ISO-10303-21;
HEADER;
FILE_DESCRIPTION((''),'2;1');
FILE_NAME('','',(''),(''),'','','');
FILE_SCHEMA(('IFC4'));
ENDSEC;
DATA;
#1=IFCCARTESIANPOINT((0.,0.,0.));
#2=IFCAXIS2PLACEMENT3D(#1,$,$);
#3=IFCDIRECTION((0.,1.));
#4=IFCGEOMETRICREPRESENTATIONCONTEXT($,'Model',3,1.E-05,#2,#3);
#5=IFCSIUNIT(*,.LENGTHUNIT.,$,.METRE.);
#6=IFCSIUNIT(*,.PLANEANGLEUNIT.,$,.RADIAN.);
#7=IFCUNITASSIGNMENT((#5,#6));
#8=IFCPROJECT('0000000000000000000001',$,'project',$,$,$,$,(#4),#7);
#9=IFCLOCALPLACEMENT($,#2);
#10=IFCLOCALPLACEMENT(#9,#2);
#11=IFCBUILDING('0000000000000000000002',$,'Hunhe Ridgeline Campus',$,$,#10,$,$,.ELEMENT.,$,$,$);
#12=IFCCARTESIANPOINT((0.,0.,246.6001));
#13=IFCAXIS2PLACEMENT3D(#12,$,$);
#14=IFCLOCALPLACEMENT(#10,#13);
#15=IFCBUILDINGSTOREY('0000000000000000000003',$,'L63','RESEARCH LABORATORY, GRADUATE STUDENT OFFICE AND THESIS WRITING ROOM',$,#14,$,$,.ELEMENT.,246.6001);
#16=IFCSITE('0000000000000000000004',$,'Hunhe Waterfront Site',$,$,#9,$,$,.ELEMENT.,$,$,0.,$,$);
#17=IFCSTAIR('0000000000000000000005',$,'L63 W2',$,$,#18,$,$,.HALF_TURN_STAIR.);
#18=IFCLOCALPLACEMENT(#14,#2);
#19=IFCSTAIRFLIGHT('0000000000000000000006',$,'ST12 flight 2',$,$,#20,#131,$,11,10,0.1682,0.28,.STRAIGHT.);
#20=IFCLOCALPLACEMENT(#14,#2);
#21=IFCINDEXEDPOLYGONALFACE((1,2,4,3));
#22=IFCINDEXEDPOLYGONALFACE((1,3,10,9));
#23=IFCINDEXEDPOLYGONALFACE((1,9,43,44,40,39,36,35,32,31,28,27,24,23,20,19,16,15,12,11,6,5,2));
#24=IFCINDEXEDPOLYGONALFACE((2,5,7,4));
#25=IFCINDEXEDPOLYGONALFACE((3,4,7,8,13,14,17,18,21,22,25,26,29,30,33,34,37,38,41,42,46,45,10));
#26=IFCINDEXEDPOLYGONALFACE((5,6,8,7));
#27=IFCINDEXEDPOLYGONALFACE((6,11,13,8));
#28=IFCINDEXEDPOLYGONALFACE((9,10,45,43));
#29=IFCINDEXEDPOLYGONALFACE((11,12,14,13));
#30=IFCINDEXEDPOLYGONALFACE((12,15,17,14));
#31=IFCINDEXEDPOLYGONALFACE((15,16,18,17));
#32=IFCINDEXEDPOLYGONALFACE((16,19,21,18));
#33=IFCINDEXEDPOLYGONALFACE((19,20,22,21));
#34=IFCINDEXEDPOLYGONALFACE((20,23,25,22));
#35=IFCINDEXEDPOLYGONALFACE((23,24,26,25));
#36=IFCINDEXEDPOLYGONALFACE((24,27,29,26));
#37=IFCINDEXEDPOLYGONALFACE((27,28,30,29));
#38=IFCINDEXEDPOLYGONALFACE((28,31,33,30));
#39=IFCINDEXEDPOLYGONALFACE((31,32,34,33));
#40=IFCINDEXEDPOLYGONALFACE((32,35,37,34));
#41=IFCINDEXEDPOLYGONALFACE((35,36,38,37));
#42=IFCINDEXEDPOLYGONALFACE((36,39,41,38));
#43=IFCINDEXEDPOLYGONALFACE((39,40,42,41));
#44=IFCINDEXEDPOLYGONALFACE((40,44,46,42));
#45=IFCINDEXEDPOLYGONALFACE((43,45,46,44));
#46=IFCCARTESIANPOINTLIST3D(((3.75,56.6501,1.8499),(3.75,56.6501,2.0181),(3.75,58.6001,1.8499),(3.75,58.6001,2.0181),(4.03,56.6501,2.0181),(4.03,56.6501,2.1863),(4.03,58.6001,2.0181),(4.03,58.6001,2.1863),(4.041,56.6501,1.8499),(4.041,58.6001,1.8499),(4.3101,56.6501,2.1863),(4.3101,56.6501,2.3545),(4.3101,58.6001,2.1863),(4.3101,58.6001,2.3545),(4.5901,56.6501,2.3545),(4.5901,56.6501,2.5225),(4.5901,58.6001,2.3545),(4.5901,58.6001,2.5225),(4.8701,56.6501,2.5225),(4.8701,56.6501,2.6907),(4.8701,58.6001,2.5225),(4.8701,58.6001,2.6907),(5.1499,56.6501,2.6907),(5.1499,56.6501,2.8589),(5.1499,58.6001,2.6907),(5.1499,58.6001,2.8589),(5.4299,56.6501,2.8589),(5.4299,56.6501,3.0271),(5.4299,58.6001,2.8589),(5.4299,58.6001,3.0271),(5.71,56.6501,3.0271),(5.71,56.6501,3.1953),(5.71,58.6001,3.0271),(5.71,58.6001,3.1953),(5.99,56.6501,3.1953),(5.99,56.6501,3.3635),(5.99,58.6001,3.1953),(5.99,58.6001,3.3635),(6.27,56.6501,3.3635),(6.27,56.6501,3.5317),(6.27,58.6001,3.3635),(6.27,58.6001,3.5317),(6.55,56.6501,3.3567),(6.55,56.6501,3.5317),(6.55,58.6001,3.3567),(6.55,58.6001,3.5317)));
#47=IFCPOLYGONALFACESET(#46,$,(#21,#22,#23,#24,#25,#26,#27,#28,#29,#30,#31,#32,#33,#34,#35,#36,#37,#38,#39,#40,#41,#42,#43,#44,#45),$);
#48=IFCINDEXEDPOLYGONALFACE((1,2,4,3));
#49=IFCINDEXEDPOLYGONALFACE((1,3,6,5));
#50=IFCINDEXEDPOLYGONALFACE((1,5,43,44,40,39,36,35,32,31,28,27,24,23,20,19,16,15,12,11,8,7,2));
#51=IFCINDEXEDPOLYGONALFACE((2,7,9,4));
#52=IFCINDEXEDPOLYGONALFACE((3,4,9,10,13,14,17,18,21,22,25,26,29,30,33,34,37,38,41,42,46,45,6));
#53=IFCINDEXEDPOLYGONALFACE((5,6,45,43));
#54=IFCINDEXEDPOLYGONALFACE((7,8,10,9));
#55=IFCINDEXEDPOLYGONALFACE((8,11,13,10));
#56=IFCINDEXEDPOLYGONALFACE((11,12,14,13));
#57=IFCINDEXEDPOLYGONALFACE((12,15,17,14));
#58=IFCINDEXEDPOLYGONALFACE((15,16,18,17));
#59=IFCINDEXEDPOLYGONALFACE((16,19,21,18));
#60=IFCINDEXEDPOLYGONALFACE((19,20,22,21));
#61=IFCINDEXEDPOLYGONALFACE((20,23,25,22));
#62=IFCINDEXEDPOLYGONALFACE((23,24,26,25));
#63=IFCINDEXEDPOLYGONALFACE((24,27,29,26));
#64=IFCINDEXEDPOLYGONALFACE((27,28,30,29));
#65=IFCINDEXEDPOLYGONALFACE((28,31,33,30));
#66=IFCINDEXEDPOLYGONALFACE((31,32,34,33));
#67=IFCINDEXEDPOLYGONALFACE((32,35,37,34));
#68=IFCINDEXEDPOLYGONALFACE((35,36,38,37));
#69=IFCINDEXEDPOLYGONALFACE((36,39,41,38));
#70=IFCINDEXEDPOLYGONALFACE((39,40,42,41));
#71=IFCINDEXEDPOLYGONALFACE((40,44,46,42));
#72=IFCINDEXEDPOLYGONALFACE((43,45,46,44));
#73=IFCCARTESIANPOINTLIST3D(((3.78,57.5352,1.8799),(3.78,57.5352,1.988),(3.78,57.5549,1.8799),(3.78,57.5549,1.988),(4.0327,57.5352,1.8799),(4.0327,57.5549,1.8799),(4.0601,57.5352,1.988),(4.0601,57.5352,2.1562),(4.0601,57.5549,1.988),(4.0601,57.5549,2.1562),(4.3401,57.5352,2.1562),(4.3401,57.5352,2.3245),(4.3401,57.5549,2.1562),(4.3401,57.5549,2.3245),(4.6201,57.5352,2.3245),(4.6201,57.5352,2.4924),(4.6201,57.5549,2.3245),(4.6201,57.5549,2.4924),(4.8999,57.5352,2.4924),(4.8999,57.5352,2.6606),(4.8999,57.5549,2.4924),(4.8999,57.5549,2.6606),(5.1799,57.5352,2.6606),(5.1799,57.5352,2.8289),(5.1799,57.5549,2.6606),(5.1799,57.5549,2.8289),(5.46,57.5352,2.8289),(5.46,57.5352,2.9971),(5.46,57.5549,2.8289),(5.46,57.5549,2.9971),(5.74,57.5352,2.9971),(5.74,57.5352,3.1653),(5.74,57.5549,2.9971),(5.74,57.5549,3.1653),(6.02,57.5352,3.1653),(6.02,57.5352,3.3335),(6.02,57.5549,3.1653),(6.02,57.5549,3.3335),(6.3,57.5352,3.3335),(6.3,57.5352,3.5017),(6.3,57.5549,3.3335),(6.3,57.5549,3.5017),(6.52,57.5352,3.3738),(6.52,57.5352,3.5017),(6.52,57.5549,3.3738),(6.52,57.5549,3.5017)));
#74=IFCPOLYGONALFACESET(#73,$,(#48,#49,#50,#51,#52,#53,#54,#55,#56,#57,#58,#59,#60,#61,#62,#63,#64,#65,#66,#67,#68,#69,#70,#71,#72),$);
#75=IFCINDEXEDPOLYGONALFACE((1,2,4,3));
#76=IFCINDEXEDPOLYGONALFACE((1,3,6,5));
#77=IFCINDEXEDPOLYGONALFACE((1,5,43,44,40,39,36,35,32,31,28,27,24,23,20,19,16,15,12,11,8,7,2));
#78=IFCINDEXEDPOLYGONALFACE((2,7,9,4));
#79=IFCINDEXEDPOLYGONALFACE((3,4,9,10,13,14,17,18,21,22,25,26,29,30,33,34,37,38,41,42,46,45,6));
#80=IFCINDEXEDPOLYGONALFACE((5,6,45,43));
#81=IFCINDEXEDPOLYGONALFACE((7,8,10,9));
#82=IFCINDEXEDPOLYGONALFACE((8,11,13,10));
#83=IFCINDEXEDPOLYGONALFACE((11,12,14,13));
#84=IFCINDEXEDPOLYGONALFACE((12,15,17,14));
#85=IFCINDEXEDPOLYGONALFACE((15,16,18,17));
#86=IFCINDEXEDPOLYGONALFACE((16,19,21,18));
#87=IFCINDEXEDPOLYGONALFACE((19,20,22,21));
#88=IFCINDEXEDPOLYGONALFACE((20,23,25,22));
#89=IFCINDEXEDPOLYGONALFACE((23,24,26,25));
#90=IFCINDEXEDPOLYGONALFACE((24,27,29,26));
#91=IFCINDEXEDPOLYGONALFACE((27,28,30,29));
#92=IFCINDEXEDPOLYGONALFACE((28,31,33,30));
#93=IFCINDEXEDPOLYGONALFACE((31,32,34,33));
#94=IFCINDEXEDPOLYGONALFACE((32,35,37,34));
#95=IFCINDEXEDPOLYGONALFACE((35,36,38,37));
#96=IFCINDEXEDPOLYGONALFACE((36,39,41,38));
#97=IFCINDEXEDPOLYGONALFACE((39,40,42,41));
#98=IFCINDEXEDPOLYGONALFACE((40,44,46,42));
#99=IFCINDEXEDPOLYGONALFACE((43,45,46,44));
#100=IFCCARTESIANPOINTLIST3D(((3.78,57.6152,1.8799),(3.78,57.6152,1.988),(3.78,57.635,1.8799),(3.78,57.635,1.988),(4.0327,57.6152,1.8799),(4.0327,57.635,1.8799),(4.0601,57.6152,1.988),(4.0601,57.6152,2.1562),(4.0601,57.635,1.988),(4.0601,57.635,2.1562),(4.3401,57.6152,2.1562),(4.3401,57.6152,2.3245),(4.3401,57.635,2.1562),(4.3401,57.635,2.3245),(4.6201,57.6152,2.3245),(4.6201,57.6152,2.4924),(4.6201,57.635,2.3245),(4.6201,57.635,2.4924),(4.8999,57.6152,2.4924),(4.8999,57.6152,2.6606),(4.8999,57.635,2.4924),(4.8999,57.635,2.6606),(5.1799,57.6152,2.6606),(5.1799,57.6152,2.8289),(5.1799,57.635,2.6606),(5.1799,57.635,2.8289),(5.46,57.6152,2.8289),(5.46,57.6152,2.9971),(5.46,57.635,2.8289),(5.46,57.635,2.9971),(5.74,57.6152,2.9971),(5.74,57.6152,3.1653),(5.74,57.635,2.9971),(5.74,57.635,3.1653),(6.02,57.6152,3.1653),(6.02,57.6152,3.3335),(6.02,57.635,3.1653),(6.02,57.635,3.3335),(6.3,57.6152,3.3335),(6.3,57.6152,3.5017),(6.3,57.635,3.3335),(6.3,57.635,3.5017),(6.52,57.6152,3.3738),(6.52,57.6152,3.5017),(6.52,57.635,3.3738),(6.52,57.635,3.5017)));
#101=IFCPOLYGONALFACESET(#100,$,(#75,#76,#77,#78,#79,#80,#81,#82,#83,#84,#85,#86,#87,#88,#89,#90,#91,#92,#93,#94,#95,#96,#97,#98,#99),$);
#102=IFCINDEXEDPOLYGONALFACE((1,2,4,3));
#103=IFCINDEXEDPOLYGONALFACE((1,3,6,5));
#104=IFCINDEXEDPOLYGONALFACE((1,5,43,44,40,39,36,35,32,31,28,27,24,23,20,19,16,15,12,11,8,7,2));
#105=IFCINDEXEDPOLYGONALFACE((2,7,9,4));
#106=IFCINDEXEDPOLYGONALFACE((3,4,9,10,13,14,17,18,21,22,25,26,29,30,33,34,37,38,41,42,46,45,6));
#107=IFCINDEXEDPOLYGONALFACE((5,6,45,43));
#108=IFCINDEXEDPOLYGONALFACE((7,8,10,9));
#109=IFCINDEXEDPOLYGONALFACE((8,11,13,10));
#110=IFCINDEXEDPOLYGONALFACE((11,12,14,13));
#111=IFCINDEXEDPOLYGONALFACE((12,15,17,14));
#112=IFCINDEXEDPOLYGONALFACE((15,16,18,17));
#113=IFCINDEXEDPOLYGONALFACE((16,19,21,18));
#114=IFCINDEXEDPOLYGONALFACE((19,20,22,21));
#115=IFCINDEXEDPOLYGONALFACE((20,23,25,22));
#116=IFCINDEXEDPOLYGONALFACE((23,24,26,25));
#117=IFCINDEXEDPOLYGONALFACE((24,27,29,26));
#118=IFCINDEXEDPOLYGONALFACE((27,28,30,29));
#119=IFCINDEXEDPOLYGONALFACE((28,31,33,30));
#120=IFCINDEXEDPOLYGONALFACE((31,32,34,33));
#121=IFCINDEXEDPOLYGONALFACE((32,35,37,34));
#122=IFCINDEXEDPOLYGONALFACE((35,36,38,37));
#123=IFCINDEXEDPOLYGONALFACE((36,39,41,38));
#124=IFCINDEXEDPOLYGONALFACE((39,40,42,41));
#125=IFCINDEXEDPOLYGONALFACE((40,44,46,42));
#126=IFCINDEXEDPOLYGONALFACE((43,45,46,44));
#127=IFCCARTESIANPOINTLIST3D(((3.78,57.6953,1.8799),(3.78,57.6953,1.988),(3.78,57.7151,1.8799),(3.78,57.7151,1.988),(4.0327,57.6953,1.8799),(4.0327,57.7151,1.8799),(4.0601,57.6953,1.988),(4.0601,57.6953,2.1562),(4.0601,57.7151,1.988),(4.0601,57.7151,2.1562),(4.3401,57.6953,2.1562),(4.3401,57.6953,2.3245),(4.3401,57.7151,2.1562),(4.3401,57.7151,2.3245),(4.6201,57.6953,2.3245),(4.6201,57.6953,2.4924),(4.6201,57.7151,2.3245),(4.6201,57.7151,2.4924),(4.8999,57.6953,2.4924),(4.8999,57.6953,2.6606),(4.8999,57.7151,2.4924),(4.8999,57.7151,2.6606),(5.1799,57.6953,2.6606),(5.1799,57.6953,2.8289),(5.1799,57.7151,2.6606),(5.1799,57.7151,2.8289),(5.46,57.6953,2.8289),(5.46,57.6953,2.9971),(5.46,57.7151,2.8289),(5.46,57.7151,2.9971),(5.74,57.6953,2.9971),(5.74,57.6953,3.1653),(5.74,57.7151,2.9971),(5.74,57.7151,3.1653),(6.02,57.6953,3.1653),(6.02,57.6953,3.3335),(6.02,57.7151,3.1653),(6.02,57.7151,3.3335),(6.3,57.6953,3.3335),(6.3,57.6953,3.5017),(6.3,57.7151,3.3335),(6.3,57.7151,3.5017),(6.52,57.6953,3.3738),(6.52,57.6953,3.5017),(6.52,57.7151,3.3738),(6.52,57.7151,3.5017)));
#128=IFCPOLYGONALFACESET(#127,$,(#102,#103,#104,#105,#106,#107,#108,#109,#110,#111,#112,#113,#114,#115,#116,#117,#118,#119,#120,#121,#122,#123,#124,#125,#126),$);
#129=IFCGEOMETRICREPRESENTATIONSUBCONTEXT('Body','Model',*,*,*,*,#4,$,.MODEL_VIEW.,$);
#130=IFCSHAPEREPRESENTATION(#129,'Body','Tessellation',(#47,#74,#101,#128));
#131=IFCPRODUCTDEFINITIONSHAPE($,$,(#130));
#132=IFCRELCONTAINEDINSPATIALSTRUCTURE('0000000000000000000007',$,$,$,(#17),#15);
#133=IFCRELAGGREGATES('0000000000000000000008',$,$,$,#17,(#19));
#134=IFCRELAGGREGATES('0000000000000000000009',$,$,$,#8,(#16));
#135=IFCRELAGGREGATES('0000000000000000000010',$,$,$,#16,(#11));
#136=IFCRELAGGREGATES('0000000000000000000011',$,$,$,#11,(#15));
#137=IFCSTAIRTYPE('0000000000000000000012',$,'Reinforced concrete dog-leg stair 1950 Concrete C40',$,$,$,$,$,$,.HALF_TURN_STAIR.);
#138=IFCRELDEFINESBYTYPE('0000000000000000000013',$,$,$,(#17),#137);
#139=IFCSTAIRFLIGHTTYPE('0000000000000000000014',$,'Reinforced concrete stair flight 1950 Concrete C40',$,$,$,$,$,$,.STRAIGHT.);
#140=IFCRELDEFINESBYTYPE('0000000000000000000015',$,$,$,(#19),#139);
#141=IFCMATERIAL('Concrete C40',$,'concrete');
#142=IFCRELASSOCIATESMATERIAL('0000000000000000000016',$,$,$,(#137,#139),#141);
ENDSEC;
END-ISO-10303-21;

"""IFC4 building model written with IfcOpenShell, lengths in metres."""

from ifc_helpers import new_model, si_unit, direction, frame, origin, place, context, subcontext, project, spatial, polyline, outline, extrude, material, type_object, element, aggregate, save


model = new_model("IFC4")

# Units and contexts
model_context = context("Model", 3, precision=1e-05, world=origin(), true_north=direction((0.0, 1.0)))
body_context = subcontext(model_context, "Body", "Model", "MODEL_VIEW")
ifc_project = project(units=[si_unit("LENGTHUNIT", "METRE"), si_unit("PLANEANGLEUNIT", "RADIAN")], contexts=[model_context])

# Site, building, storey
site_placement = place(None, origin())
site = spatial("IfcSite", under=ifc_project, at=site_placement, Name="Hunhe Waterfront Site", CompositionType="ELEMENT", RefElevation=0.0)
building_placement = place(site_placement, origin())
building = spatial("IfcBuilding", under=site, at=building_placement, Name="Hunhe Ridgeline Campus", CompositionType="ELEMENT")
storey_placement = place(building_placement, frame((0.0, 0.0, 246.6001)))
storey = spatial("IfcBuildingStorey", under=building, at=storey_placement, Name="L63", Description="RESEARCH LABORATORY, GRADUATE STUDENT OFFICE AND THESIS WRITING ROOM", CompositionType="ELEMENT", Elevation=246.6001)

# Stair, stair flight
ifc_material_1 = material(Name="Concrete C40", Category="concrete")
stair_type = type_object("IfcStairType", Name="Reinforced concrete dog-leg stair 1950 Concrete C40", PredefinedType="HALF_TURN_STAIR", material=ifc_material_1)
stair_flight_type = type_object("IfcStairFlightType", Name="Reinforced concrete stair flight 1950 Concrete C40", PredefinedType="STRAIGHT", material=ifc_material_1)
stair_1_placement = place(storey_placement, origin())
stair_1 = element("IfcStair", 1, at=stair_1_placement, inside=storey, type_object=stair_type, Name="L63 W2", PredefinedType="HALF_TURN_STAIR")
stair_flight_1_placement = place(storey_placement, frame((3.75, 57.625, 1.8499), z_axis=(0.0, 0.0, 1.0), x_axis=(1.0, 0.0, 0.0)))
stair_flight_1 = element("IfcStairFlight", 2, at=stair_flight_1_placement, type_object=stair_flight_type, Name="ST12 flight 2", NumberOfRisers=11, NumberOfTreads=10, PredefinedType="STRAIGHT", RiserHeight=0.1682, TreadLength=0.28, context=body_context, shape_type="SweptSolid", body=[
    extrude(outline(polyline([(0.0, 0.0), (0.0, 0.1682), (0.28, 0.1682), (0.28, 0.3364), (0.5601, 0.3364), (0.5601, 0.5046), (0.8401, 0.5046), (0.8401, 0.6726), (1.1201, 0.6726), (1.1201, 0.8408), (1.3999, 0.8408), (1.3999, 1.009), (1.6799, 1.009), (1.6799, 1.1772), (1.96, 1.1772), (1.96, 1.3455), (2.24, 1.3455), (2.24, 1.5137), (2.52, 1.5137), (2.52, 1.6819), (2.8, 1.6819), (2.8, 1.8501), (2.8, 1.5068), (0.291, 0.0), (0.0, 0.0)])), frame((0.0, 0.9751, 0.0), z_axis=(0.0, -1.0, 0.0), x_axis=(1.0, 0.0, 0.0)), (0.0, 0.0, 1.0), 1.95),
    extrude(outline(polyline([(0.03, 0.03), (0.03, 0.1382), (0.3101, 0.1382), (0.3101, 0.3064), (0.5901, 0.3064), (0.5901, 0.4746), (0.8701, 0.4746), (0.8701, 0.6426), (1.1499, 0.6426), (1.1499, 0.8108), (1.4299, 0.8108), (1.4299, 0.979), (1.71, 0.979), (1.71, 1.1472), (1.99, 1.1472), (1.99, 1.3154), (2.27, 1.3154), (2.27, 1.4836), (2.55, 1.4836), (2.55, 1.6519), (2.77, 1.6519), (2.77, 1.5239), (0.2827, 0.03), (0.03, 0.03)])), frame((0.0, -0.0701, 0.0), z_axis=(0.0, -1.0, 0.0), x_axis=(1.0, 0.0, 0.0)), (0.0, 0.0, 1.0), 0.0198),
    extrude(outline(polyline([(0.03, 0.03), (0.03, 0.1382), (0.3101, 0.1382), (0.3101, 0.3064), (0.5901, 0.3064), (0.5901, 0.4746), (0.8701, 0.4746), (0.8701, 0.6426), (1.1499, 0.6426), (1.1499, 0.8108), (1.4299, 0.8108), (1.4299, 0.979), (1.71, 0.979), (1.71, 1.1472), (1.99, 1.1472), (1.99, 1.3154), (2.27, 1.3154), (2.27, 1.4836), (2.55, 1.4836), (2.55, 1.6519), (2.77, 1.6519), (2.77, 1.5239), (0.2827, 0.03), (0.03, 0.03)])), frame((0.0, 0.01, 0.0), z_axis=(0.0, -1.0, 0.0), x_axis=(1.0, 0.0, 0.0)), (0.0, 0.0, 1.0), 0.0198),
    extrude(outline(polyline([(0.03, 0.03), (0.03, 0.1382), (0.3101, 0.1382), (0.3101, 0.3064), (0.5901, 0.3064), (0.5901, 0.4746), (0.8701, 0.4746), (0.8701, 0.6426), (1.1499, 0.6426), (1.1499, 0.8108), (1.4299, 0.8108), (1.4299, 0.979), (1.71, 0.979), (1.71, 1.1472), (1.99, 1.1472), (1.99, 1.3154), (2.27, 1.3154), (2.27, 1.4836), (2.55, 1.4836), (2.55, 1.6519), (2.77, 1.6519), (2.77, 1.5239), (0.2827, 0.03), (0.03, 0.03)])), frame((0.0, 0.0901, 0.0), z_axis=(0.0, -1.0, 0.0), x_axis=(1.0, 0.0, 0.0)), (0.0, 0.0, 1.0), 0.0198),
])
aggregate(stair_1, [stair_flight_1])

save(model, "model.ifc")
